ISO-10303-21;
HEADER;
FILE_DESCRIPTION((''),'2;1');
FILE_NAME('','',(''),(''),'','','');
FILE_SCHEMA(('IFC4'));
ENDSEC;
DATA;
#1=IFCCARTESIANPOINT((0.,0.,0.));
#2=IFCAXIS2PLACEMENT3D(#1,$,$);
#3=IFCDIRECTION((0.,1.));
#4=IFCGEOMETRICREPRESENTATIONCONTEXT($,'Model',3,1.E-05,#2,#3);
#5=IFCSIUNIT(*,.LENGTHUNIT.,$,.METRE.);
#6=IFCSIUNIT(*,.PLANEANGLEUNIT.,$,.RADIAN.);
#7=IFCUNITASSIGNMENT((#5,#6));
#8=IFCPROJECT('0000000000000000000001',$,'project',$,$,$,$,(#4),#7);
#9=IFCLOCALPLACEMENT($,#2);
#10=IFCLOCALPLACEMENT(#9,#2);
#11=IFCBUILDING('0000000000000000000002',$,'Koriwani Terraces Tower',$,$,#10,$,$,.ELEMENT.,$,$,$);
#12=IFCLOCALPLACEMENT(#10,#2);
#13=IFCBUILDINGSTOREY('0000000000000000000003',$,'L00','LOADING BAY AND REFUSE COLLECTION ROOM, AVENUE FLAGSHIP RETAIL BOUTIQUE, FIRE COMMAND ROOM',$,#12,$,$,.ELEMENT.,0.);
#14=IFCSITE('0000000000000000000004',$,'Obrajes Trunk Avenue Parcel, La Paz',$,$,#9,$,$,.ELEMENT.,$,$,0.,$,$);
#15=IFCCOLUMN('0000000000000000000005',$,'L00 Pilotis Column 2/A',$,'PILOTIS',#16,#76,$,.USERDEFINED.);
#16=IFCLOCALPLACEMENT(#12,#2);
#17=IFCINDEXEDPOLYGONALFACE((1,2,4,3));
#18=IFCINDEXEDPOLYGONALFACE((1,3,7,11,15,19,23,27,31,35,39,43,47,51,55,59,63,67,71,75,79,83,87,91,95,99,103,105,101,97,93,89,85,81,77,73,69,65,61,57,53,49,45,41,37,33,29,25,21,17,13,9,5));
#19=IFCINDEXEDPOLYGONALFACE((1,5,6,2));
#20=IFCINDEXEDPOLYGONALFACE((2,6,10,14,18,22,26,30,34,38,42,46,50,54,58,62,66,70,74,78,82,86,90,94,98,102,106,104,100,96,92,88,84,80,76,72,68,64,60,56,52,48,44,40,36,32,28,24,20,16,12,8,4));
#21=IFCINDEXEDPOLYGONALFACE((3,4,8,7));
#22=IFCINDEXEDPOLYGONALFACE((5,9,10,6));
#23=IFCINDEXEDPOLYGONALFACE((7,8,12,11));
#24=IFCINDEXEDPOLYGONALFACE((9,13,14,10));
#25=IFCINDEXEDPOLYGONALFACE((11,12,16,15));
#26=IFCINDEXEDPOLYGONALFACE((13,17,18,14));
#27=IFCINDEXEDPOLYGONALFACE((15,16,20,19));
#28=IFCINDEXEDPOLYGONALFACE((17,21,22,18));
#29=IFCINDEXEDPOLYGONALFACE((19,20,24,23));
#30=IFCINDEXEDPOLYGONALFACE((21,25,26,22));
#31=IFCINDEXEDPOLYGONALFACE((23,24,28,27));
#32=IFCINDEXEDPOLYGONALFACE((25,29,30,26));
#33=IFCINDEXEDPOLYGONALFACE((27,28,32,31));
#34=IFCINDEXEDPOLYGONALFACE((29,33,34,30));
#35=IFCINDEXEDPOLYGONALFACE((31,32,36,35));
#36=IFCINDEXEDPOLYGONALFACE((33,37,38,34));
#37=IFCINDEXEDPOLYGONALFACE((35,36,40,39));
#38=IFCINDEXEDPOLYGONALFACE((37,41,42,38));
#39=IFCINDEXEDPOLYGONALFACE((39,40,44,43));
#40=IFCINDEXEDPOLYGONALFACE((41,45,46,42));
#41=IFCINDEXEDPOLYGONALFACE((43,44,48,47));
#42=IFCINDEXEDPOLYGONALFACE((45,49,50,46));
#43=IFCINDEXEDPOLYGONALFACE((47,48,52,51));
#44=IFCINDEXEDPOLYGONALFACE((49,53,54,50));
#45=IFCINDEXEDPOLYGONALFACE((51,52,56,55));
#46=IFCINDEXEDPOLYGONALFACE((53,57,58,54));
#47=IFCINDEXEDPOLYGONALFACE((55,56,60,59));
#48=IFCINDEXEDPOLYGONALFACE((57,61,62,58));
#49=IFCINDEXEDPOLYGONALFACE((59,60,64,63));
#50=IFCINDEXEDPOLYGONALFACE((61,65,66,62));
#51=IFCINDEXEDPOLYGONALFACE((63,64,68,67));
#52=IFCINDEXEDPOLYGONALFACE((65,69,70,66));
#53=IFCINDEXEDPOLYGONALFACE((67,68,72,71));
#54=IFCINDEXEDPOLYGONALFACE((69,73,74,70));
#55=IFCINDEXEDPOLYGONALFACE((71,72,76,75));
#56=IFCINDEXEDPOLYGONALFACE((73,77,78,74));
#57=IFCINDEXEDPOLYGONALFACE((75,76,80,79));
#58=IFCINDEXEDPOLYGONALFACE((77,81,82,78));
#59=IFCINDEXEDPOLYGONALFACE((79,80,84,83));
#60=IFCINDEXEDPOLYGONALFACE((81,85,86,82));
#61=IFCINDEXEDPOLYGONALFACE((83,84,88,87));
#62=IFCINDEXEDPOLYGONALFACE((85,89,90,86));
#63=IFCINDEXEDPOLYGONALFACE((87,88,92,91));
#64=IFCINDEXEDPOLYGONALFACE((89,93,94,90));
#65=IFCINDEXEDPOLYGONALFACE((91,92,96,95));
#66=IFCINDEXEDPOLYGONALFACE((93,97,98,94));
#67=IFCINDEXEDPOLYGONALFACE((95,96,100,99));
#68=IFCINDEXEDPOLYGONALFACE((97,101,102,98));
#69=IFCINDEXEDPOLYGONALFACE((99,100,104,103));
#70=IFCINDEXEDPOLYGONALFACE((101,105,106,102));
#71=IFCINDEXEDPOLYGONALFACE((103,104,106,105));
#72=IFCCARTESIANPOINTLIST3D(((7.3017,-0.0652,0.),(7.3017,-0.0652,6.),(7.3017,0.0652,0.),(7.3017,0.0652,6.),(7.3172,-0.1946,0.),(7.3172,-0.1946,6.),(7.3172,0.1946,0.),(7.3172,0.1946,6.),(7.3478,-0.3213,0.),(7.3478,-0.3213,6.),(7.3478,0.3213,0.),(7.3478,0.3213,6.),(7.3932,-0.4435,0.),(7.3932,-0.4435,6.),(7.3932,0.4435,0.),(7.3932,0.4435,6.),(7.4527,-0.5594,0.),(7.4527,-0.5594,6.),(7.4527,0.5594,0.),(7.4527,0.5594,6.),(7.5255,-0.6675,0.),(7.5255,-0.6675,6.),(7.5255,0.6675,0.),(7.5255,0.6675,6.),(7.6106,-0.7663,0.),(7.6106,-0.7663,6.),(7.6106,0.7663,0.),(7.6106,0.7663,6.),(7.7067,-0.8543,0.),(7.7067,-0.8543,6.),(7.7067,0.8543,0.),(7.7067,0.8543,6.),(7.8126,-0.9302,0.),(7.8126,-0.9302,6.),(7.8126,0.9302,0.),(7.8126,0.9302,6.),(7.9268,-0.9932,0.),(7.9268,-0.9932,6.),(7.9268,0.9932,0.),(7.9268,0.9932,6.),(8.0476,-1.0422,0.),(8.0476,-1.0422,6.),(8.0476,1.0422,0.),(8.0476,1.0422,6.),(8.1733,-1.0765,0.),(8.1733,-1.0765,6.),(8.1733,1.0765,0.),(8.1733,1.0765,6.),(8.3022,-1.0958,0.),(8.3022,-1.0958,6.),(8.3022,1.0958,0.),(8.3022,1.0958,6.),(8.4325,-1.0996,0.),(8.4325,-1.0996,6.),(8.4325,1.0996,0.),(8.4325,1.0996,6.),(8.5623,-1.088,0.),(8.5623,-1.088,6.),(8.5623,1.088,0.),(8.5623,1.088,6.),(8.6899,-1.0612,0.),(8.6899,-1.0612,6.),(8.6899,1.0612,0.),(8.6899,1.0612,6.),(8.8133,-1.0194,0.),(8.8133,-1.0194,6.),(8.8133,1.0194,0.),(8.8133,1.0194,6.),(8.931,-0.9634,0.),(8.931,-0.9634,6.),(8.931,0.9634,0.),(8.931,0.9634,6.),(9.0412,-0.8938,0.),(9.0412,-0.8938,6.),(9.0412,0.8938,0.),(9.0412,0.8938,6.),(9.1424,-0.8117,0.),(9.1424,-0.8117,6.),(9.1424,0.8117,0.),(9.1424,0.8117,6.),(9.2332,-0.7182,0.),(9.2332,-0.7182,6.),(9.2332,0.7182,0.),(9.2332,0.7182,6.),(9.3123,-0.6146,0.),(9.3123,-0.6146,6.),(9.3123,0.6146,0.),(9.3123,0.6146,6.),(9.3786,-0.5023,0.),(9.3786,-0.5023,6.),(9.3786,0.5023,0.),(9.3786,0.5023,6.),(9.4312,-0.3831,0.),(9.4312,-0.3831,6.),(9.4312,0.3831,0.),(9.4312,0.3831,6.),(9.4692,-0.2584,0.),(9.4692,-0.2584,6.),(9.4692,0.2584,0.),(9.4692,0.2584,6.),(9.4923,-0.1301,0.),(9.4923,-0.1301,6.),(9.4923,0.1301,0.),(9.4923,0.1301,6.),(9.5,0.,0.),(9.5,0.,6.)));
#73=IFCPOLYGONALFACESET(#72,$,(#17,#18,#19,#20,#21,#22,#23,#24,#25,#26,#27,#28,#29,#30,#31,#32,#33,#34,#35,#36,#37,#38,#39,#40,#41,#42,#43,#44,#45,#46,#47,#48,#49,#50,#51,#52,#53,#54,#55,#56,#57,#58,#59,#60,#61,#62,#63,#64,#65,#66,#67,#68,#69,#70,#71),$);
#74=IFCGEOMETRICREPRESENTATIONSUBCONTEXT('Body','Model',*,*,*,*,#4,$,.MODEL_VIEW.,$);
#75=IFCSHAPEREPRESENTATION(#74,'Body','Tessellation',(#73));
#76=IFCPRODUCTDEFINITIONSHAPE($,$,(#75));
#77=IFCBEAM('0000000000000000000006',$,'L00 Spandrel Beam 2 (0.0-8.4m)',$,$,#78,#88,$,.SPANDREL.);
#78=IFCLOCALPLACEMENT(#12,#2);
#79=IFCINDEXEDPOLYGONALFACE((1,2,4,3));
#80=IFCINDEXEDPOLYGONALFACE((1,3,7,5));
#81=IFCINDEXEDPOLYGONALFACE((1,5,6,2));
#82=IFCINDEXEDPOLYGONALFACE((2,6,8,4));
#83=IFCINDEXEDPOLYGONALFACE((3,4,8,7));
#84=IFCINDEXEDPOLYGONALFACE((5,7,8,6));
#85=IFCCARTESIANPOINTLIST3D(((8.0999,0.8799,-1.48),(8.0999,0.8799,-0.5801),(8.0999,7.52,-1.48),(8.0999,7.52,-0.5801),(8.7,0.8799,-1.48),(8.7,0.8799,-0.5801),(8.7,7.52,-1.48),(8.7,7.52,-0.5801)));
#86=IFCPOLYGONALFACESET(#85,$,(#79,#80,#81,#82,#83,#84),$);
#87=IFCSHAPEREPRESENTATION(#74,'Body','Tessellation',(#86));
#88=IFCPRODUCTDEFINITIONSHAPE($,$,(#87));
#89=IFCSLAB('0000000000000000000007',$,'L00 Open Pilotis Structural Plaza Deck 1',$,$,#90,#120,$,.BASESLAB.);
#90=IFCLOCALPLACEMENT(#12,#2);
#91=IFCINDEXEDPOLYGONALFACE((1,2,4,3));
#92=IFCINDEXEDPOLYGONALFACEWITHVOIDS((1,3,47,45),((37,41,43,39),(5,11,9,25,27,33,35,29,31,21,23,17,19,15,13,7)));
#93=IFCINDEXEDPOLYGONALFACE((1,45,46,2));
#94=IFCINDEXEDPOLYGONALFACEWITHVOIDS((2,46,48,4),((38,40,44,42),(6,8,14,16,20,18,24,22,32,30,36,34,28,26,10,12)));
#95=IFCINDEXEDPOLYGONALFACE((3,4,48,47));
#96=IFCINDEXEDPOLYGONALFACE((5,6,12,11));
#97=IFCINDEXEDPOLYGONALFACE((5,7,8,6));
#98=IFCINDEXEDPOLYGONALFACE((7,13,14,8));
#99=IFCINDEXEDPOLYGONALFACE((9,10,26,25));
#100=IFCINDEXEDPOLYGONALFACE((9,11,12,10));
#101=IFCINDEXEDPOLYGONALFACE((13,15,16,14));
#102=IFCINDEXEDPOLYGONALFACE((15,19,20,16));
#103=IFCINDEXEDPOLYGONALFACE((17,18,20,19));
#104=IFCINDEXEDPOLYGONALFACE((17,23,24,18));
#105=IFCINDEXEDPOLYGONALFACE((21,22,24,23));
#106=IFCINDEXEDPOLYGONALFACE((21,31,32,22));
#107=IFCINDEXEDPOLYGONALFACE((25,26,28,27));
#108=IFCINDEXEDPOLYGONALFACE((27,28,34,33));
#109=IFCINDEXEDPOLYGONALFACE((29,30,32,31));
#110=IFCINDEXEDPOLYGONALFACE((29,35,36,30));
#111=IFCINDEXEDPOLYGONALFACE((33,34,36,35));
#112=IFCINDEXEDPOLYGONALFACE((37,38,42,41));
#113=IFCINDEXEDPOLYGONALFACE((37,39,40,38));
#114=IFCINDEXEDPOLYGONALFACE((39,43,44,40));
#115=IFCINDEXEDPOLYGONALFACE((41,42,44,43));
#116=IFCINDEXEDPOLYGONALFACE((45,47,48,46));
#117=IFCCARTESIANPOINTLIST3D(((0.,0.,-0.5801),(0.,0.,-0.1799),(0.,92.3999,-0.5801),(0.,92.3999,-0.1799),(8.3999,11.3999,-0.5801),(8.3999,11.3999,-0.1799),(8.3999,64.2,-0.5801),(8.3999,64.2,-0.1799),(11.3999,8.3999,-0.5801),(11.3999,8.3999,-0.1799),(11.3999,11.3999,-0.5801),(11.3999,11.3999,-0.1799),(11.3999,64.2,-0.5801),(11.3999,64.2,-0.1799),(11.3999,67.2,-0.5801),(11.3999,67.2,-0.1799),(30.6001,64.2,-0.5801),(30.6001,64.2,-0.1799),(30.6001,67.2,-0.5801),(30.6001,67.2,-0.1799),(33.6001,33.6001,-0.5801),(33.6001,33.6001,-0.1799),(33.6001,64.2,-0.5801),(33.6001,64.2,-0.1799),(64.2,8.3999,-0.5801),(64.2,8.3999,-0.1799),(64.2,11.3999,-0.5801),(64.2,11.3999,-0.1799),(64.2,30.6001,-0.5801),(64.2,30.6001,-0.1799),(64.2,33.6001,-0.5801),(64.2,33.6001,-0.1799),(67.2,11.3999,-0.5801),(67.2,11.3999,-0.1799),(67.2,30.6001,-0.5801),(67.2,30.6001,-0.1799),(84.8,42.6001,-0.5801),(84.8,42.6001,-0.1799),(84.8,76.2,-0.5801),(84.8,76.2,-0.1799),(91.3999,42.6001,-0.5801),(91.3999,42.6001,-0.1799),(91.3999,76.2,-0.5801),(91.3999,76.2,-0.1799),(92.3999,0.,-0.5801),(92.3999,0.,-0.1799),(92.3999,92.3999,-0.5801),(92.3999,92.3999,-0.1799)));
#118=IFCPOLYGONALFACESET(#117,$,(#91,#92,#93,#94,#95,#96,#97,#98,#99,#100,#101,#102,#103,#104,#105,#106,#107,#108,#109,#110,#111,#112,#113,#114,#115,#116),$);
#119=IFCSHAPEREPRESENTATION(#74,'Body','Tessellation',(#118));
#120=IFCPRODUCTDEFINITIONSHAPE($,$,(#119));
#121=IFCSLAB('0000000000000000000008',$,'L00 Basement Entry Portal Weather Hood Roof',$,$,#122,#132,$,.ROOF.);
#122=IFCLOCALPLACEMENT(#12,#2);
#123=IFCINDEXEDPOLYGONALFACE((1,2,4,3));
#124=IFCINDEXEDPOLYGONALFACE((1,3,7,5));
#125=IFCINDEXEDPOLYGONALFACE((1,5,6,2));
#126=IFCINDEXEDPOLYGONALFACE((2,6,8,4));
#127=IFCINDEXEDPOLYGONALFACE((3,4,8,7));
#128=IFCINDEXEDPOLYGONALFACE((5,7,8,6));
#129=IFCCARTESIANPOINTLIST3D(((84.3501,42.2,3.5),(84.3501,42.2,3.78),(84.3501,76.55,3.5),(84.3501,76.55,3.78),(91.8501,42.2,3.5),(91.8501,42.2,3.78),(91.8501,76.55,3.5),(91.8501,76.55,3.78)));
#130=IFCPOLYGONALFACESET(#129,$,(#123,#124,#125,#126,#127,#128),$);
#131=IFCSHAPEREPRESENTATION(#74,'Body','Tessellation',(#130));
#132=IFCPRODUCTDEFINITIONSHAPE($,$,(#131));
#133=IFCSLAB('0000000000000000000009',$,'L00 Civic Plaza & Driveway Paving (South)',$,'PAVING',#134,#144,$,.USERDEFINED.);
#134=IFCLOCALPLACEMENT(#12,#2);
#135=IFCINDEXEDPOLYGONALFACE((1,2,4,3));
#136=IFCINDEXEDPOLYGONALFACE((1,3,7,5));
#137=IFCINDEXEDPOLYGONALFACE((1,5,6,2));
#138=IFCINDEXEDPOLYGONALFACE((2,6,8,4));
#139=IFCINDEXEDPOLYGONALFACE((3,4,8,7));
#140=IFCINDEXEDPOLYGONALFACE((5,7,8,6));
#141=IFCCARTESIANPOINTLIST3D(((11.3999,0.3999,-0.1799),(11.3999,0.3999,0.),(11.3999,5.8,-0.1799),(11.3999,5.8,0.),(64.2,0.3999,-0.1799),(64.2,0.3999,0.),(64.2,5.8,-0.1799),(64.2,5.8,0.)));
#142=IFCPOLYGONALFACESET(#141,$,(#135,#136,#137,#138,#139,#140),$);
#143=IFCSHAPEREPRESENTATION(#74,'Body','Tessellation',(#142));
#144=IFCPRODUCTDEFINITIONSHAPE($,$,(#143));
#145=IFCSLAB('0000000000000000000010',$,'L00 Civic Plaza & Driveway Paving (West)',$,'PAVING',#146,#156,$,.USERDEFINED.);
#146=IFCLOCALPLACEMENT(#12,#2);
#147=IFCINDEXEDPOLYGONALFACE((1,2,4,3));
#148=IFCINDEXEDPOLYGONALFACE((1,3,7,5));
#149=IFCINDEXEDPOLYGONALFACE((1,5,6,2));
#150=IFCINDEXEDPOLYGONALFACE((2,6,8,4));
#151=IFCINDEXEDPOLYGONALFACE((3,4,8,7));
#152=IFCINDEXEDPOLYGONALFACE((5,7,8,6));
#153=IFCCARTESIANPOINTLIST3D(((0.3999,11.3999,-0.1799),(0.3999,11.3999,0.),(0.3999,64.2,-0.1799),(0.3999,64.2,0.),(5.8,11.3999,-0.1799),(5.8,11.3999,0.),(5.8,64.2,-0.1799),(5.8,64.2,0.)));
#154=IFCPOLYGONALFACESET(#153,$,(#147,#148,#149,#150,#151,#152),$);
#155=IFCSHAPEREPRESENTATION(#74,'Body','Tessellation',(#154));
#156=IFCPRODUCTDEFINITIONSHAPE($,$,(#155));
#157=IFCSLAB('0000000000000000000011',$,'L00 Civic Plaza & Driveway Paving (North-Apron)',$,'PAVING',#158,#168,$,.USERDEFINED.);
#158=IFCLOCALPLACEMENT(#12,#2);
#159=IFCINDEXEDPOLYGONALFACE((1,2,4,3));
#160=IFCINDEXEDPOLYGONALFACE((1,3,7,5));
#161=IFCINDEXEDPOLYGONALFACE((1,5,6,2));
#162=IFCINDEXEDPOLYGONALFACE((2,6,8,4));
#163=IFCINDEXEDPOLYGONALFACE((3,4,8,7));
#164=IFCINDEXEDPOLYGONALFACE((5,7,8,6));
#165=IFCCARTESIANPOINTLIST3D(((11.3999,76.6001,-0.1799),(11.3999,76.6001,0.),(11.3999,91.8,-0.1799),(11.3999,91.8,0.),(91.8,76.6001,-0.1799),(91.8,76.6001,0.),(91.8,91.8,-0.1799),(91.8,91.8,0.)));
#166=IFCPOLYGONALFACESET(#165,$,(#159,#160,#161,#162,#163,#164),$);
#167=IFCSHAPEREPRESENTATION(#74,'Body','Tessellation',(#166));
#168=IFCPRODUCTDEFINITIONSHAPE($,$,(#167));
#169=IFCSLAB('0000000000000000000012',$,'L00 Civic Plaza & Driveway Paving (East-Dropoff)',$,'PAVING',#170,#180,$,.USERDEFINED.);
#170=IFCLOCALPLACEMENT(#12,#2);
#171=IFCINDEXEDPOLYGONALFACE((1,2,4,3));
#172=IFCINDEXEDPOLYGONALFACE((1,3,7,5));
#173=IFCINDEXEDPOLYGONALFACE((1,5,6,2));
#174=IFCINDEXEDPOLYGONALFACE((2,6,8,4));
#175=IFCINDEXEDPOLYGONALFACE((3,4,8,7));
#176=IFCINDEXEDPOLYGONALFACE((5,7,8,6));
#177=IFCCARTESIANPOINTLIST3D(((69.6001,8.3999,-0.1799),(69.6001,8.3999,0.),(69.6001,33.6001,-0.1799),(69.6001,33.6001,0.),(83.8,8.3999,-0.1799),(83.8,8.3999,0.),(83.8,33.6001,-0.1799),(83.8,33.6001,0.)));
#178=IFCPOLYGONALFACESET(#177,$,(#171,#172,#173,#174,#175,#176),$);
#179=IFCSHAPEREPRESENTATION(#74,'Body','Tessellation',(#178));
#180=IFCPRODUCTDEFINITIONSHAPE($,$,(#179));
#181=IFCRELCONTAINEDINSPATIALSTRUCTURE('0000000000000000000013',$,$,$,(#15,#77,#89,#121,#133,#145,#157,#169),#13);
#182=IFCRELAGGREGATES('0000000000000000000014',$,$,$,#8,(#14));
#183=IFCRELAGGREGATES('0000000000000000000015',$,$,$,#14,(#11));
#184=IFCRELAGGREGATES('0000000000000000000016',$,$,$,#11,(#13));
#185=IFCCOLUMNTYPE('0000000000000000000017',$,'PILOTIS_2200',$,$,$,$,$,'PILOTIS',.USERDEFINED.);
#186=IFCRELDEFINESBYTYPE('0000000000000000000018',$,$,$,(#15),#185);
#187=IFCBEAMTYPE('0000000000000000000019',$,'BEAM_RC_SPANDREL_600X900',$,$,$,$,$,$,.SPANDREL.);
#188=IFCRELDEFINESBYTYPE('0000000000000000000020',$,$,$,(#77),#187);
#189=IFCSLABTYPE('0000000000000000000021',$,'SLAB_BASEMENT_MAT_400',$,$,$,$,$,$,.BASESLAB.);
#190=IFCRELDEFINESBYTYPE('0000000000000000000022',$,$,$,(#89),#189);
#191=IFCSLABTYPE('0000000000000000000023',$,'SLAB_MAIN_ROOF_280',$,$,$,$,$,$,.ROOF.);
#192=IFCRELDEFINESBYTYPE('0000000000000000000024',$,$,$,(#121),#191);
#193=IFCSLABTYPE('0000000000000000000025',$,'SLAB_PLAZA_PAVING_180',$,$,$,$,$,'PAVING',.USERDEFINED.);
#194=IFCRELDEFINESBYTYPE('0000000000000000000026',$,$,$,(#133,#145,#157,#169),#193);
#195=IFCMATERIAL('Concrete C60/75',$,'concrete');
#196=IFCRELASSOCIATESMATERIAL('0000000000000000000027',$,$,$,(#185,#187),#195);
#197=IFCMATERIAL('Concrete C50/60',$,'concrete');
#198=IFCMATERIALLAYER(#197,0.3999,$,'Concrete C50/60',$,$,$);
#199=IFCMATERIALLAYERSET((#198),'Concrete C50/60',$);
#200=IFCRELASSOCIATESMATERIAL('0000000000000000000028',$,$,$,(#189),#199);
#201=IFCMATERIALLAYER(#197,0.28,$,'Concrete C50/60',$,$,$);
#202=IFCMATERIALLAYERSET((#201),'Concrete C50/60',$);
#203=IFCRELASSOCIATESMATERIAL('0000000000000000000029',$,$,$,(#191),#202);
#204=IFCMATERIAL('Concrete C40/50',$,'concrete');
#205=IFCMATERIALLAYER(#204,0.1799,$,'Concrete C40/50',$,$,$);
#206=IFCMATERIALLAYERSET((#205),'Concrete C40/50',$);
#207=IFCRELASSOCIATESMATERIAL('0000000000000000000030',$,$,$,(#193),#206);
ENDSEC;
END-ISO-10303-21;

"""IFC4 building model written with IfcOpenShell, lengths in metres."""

from ifc_helpers import new_model, si_unit, direction, frame, origin, origin_2d, place, context, subcontext, project, spatial, polyline, rectangle, circle, outline, extrude, material, layer, layer_set, material_profile, profile_set, type_object, element, save


model = new_model("IFC4")

# Units and contexts
model_context = context("Model", 3, precision=1e-05, world=origin(), true_north=direction((0.0, 1.0)))
body_context = subcontext(model_context, "Body", "Model", "MODEL_VIEW")
ifc_project = project(units=[si_unit("LENGTHUNIT", "METRE"), si_unit("PLANEANGLEUNIT", "RADIAN")], contexts=[model_context])

# Site, building, storey
site_placement = place(None, origin())
site = spatial("IfcSite", under=ifc_project, at=site_placement, Name="Obrajes Trunk Avenue Parcel, La Paz", CompositionType="ELEMENT", RefElevation=0.0)
building_placement = place(site_placement, origin())
building = spatial("IfcBuilding", under=site, at=building_placement, Name="Koriwani Terraces Tower", CompositionType="ELEMENT")
storey_placement = place(building_placement, origin())
storey = spatial("IfcBuildingStorey", under=building, at=storey_placement, Name="L00", Description="LOADING BAY AND REFUSE COLLECTION ROOM, AVENUE FLAGSHIP RETAIL BOUTIQUE, FIRE COMMAND ROOM", CompositionType="ELEMENT", Elevation=0.0)

# Column
ifc_material_1 = material(Name="Concrete C60/75", Category="concrete")
ifc_material_profile_1 = material_profile(ifc_material_1, circle(Radius=1.1001, at=origin_2d()), Name="Concrete C60/75", Category="LoadBearing")
ifc_profile_set_1 = profile_set([ifc_material_profile_1], Name="Concrete C60/75")
column_type = type_object("IfcColumnType", Name="PILOTIS_2200", ElementType="PILOTIS", PredefinedType="USERDEFINED", material=ifc_profile_set_1)
column_placement = place(storey_placement, frame((8.3999, 0.0, 0.0), z_axis=(0.0, 0.0, 1.0), x_axis=(1.0, 0.0, 0.0)))
element("IfcColumn", 1, at=column_placement, inside=storey, type_object=column_type, Name="L00 Pilotis Column 2/A", ObjectType="PILOTIS", PredefinedType="USERDEFINED", context=body_context, shape_type="SweptSolid", body=[
    extrude(circle(Radius=1.1001, at=origin_2d()), origin(), (0.0, 0.0, 1.0), 6.0),
])

# Beam
ifc_material_profile_2 = material_profile(ifc_material_1, rectangle(XDim=0.6001, YDim=0.8999, at=origin_2d()), Name="Concrete C60/75", Category="LoadBearing")
ifc_profile_set_2 = profile_set([ifc_material_profile_2], Name="Concrete C60/75")
beam_type = type_object("IfcBeamType", Name="BEAM_RC_SPANDREL_600X900", PredefinedType="SPANDREL", material=ifc_profile_set_2)
beam_placement = place(storey_placement, frame((8.3999, 0.8799, -1.03), z_axis=(0.0, 1.0, 0.0), x_axis=(-1.0, 0.0, 0.0)))
element("IfcBeam", 2, at=beam_placement, inside=storey, type_object=beam_type, Name="L00 Spandrel Beam 2 (0.0-8.4m)", PredefinedType="SPANDREL", context=body_context, shape_type="SweptSolid", body=[
    extrude(rectangle(XDim=0.6001, YDim=0.8999, at=origin_2d()), origin(), (0.0, 0.0, 1.0), 6.6401),
])

# Slabs
ifc_material_2 = material(Name="Concrete C50/60", Category="concrete")
ifc_layer_1 = layer(ifc_material_2, 0.3999, Name="Concrete C50/60")
ifc_layer_set_1 = layer_set([ifc_layer_1], Name="Concrete C50/60")
slab_type_1 = type_object("IfcSlabType", Name="SLAB_BASEMENT_MAT_400", PredefinedType="BASESLAB", material=ifc_layer_set_1)
slab_1_placement = place(storey_placement, frame((0.0, 0.0, -0.5801)))
element("IfcSlab", 3, at=slab_1_placement, inside=storey, type_object=slab_type_1, Name="L00 Open Pilotis Structural Plaza Deck 1", PredefinedType="BASESLAB", context=body_context, shape_type="SweptSolid", body=[
    extrude(outline(polyline([(0.0, 0.0), (0.0, 92.3999), (92.3999, 92.3999), (92.3999, 0.0), (0.0, 0.0)]), holes=[polyline([(64.2, 8.3999), (64.2, 11.3999), (67.2, 11.3999), (67.2, 30.6001), (64.2, 30.6001), (64.2, 33.6001), (33.6001, 33.6001), (33.6001, 64.2), (30.6001, 64.2), (30.6001, 67.2), (11.3999, 67.2), (11.3999, 64.2), (8.3999, 64.2), (8.3999, 11.3999), (11.3999, 11.3999), (11.3999, 8.3999), (64.2, 8.3999)]), polyline([(84.8, 42.6001), (91.3999, 42.6001), (91.3999, 76.2), (84.8, 76.2), (84.8, 42.6001)])]), origin(), (0.0, 0.0, 1.0), 0.4001),
])
ifc_layer_2 = layer(ifc_material_2, 0.28, Name="Concrete C50/60")
ifc_layer_set_2 = layer_set([ifc_layer_2], Name="Concrete C50/60")
slab_type_2 = type_object("IfcSlabType", Name="SLAB_MAIN_ROOF_280", PredefinedType="ROOF", material=ifc_layer_set_2)
slab_2_placement = place(storey_placement, frame((0.0, 0.0, 3.5)))
element("IfcSlab", 4, at=slab_2_placement, inside=storey, type_object=slab_type_2, Name="L00 Basement Entry Portal Weather Hood Roof", PredefinedType="ROOF", context=body_context, shape_type="SweptSolid", body=[
    extrude(outline(polyline([(84.3501, 42.2), (91.8501, 42.2), (91.8501, 76.55), (84.3501, 76.55), (84.3501, 42.2)])), origin(), (0.0, 0.0, 1.0), 0.28),
])
ifc_material_3 = material(Name="Concrete C40/50", Category="concrete")
ifc_layer_3 = layer(ifc_material_3, 0.1799, Name="Concrete C40/50")
ifc_layer_set_3 = layer_set([ifc_layer_3], Name="Concrete C40/50")
slab_type_3 = type_object("IfcSlabType", Name="SLAB_PLAZA_PAVING_180", ElementType="PAVING", PredefinedType="USERDEFINED", material=ifc_layer_set_3)
slab_3_placement = place(storey_placement, frame((0.0, 0.0, -0.1799)))
element("IfcSlab", 5, at=slab_3_placement, inside=storey, type_object=slab_type_3, Name="L00 Civic Plaza & Driveway Paving (South)", ObjectType="PAVING", PredefinedType="USERDEFINED", context=body_context, shape_type="SweptSolid", body=[
    extrude(outline(polyline([(11.3999, 0.3999), (64.2, 0.3999), (64.2, 5.8), (11.3999, 5.8), (11.3999, 0.3999)])), origin(), (0.0, 0.0, 1.0), 0.1799),
])
slab_4_placement = place(storey_placement, frame((0.0, 0.0, -0.1799)))
element("IfcSlab", 6, at=slab_4_placement, inside=storey, type_object=slab_type_3, Name="L00 Civic Plaza & Driveway Paving (West)", ObjectType="PAVING", PredefinedType="USERDEFINED", context=body_context, shape_type="SweptSolid", body=[
    extrude(outline(polyline([(0.3999, 11.3999), (5.8, 11.3999), (5.8, 64.2), (0.3999, 64.2), (0.3999, 11.3999)])), origin(), (0.0, 0.0, 1.0), 0.1799),
])
slab_5_placement = place(storey_placement, frame((0.0, 0.0, -0.1799)))
element("IfcSlab", 7, at=slab_5_placement, inside=storey, type_object=slab_type_3, Name="L00 Civic Plaza & Driveway Paving (North-Apron)", ObjectType="PAVING", PredefinedType="USERDEFINED", context=body_context, shape_type="SweptSolid", body=[
    extrude(outline(polyline([(11.3999, 76.6001), (91.8, 76.6001), (91.8, 91.8), (11.3999, 91.8), (11.3999, 76.6001)])), origin(), (0.0, 0.0, 1.0), 0.1799),
])
slab_6_placement = place(storey_placement, frame((0.0, 0.0, -0.1799)))
element("IfcSlab", 8, at=slab_6_placement, inside=storey, type_object=slab_type_3, Name="L00 Civic Plaza & Driveway Paving (East-Dropoff)", ObjectType="PAVING", PredefinedType="USERDEFINED", context=body_context, shape_type="SweptSolid", body=[
    extrude(outline(polyline([(69.6001, 8.3999), (83.8, 8.3999), (83.8, 33.6001), (69.6001, 33.6001), (69.6001, 8.3999)])), origin(), (0.0, 0.0, 1.0), 0.1799),
])

save(model, "model.ifc")
